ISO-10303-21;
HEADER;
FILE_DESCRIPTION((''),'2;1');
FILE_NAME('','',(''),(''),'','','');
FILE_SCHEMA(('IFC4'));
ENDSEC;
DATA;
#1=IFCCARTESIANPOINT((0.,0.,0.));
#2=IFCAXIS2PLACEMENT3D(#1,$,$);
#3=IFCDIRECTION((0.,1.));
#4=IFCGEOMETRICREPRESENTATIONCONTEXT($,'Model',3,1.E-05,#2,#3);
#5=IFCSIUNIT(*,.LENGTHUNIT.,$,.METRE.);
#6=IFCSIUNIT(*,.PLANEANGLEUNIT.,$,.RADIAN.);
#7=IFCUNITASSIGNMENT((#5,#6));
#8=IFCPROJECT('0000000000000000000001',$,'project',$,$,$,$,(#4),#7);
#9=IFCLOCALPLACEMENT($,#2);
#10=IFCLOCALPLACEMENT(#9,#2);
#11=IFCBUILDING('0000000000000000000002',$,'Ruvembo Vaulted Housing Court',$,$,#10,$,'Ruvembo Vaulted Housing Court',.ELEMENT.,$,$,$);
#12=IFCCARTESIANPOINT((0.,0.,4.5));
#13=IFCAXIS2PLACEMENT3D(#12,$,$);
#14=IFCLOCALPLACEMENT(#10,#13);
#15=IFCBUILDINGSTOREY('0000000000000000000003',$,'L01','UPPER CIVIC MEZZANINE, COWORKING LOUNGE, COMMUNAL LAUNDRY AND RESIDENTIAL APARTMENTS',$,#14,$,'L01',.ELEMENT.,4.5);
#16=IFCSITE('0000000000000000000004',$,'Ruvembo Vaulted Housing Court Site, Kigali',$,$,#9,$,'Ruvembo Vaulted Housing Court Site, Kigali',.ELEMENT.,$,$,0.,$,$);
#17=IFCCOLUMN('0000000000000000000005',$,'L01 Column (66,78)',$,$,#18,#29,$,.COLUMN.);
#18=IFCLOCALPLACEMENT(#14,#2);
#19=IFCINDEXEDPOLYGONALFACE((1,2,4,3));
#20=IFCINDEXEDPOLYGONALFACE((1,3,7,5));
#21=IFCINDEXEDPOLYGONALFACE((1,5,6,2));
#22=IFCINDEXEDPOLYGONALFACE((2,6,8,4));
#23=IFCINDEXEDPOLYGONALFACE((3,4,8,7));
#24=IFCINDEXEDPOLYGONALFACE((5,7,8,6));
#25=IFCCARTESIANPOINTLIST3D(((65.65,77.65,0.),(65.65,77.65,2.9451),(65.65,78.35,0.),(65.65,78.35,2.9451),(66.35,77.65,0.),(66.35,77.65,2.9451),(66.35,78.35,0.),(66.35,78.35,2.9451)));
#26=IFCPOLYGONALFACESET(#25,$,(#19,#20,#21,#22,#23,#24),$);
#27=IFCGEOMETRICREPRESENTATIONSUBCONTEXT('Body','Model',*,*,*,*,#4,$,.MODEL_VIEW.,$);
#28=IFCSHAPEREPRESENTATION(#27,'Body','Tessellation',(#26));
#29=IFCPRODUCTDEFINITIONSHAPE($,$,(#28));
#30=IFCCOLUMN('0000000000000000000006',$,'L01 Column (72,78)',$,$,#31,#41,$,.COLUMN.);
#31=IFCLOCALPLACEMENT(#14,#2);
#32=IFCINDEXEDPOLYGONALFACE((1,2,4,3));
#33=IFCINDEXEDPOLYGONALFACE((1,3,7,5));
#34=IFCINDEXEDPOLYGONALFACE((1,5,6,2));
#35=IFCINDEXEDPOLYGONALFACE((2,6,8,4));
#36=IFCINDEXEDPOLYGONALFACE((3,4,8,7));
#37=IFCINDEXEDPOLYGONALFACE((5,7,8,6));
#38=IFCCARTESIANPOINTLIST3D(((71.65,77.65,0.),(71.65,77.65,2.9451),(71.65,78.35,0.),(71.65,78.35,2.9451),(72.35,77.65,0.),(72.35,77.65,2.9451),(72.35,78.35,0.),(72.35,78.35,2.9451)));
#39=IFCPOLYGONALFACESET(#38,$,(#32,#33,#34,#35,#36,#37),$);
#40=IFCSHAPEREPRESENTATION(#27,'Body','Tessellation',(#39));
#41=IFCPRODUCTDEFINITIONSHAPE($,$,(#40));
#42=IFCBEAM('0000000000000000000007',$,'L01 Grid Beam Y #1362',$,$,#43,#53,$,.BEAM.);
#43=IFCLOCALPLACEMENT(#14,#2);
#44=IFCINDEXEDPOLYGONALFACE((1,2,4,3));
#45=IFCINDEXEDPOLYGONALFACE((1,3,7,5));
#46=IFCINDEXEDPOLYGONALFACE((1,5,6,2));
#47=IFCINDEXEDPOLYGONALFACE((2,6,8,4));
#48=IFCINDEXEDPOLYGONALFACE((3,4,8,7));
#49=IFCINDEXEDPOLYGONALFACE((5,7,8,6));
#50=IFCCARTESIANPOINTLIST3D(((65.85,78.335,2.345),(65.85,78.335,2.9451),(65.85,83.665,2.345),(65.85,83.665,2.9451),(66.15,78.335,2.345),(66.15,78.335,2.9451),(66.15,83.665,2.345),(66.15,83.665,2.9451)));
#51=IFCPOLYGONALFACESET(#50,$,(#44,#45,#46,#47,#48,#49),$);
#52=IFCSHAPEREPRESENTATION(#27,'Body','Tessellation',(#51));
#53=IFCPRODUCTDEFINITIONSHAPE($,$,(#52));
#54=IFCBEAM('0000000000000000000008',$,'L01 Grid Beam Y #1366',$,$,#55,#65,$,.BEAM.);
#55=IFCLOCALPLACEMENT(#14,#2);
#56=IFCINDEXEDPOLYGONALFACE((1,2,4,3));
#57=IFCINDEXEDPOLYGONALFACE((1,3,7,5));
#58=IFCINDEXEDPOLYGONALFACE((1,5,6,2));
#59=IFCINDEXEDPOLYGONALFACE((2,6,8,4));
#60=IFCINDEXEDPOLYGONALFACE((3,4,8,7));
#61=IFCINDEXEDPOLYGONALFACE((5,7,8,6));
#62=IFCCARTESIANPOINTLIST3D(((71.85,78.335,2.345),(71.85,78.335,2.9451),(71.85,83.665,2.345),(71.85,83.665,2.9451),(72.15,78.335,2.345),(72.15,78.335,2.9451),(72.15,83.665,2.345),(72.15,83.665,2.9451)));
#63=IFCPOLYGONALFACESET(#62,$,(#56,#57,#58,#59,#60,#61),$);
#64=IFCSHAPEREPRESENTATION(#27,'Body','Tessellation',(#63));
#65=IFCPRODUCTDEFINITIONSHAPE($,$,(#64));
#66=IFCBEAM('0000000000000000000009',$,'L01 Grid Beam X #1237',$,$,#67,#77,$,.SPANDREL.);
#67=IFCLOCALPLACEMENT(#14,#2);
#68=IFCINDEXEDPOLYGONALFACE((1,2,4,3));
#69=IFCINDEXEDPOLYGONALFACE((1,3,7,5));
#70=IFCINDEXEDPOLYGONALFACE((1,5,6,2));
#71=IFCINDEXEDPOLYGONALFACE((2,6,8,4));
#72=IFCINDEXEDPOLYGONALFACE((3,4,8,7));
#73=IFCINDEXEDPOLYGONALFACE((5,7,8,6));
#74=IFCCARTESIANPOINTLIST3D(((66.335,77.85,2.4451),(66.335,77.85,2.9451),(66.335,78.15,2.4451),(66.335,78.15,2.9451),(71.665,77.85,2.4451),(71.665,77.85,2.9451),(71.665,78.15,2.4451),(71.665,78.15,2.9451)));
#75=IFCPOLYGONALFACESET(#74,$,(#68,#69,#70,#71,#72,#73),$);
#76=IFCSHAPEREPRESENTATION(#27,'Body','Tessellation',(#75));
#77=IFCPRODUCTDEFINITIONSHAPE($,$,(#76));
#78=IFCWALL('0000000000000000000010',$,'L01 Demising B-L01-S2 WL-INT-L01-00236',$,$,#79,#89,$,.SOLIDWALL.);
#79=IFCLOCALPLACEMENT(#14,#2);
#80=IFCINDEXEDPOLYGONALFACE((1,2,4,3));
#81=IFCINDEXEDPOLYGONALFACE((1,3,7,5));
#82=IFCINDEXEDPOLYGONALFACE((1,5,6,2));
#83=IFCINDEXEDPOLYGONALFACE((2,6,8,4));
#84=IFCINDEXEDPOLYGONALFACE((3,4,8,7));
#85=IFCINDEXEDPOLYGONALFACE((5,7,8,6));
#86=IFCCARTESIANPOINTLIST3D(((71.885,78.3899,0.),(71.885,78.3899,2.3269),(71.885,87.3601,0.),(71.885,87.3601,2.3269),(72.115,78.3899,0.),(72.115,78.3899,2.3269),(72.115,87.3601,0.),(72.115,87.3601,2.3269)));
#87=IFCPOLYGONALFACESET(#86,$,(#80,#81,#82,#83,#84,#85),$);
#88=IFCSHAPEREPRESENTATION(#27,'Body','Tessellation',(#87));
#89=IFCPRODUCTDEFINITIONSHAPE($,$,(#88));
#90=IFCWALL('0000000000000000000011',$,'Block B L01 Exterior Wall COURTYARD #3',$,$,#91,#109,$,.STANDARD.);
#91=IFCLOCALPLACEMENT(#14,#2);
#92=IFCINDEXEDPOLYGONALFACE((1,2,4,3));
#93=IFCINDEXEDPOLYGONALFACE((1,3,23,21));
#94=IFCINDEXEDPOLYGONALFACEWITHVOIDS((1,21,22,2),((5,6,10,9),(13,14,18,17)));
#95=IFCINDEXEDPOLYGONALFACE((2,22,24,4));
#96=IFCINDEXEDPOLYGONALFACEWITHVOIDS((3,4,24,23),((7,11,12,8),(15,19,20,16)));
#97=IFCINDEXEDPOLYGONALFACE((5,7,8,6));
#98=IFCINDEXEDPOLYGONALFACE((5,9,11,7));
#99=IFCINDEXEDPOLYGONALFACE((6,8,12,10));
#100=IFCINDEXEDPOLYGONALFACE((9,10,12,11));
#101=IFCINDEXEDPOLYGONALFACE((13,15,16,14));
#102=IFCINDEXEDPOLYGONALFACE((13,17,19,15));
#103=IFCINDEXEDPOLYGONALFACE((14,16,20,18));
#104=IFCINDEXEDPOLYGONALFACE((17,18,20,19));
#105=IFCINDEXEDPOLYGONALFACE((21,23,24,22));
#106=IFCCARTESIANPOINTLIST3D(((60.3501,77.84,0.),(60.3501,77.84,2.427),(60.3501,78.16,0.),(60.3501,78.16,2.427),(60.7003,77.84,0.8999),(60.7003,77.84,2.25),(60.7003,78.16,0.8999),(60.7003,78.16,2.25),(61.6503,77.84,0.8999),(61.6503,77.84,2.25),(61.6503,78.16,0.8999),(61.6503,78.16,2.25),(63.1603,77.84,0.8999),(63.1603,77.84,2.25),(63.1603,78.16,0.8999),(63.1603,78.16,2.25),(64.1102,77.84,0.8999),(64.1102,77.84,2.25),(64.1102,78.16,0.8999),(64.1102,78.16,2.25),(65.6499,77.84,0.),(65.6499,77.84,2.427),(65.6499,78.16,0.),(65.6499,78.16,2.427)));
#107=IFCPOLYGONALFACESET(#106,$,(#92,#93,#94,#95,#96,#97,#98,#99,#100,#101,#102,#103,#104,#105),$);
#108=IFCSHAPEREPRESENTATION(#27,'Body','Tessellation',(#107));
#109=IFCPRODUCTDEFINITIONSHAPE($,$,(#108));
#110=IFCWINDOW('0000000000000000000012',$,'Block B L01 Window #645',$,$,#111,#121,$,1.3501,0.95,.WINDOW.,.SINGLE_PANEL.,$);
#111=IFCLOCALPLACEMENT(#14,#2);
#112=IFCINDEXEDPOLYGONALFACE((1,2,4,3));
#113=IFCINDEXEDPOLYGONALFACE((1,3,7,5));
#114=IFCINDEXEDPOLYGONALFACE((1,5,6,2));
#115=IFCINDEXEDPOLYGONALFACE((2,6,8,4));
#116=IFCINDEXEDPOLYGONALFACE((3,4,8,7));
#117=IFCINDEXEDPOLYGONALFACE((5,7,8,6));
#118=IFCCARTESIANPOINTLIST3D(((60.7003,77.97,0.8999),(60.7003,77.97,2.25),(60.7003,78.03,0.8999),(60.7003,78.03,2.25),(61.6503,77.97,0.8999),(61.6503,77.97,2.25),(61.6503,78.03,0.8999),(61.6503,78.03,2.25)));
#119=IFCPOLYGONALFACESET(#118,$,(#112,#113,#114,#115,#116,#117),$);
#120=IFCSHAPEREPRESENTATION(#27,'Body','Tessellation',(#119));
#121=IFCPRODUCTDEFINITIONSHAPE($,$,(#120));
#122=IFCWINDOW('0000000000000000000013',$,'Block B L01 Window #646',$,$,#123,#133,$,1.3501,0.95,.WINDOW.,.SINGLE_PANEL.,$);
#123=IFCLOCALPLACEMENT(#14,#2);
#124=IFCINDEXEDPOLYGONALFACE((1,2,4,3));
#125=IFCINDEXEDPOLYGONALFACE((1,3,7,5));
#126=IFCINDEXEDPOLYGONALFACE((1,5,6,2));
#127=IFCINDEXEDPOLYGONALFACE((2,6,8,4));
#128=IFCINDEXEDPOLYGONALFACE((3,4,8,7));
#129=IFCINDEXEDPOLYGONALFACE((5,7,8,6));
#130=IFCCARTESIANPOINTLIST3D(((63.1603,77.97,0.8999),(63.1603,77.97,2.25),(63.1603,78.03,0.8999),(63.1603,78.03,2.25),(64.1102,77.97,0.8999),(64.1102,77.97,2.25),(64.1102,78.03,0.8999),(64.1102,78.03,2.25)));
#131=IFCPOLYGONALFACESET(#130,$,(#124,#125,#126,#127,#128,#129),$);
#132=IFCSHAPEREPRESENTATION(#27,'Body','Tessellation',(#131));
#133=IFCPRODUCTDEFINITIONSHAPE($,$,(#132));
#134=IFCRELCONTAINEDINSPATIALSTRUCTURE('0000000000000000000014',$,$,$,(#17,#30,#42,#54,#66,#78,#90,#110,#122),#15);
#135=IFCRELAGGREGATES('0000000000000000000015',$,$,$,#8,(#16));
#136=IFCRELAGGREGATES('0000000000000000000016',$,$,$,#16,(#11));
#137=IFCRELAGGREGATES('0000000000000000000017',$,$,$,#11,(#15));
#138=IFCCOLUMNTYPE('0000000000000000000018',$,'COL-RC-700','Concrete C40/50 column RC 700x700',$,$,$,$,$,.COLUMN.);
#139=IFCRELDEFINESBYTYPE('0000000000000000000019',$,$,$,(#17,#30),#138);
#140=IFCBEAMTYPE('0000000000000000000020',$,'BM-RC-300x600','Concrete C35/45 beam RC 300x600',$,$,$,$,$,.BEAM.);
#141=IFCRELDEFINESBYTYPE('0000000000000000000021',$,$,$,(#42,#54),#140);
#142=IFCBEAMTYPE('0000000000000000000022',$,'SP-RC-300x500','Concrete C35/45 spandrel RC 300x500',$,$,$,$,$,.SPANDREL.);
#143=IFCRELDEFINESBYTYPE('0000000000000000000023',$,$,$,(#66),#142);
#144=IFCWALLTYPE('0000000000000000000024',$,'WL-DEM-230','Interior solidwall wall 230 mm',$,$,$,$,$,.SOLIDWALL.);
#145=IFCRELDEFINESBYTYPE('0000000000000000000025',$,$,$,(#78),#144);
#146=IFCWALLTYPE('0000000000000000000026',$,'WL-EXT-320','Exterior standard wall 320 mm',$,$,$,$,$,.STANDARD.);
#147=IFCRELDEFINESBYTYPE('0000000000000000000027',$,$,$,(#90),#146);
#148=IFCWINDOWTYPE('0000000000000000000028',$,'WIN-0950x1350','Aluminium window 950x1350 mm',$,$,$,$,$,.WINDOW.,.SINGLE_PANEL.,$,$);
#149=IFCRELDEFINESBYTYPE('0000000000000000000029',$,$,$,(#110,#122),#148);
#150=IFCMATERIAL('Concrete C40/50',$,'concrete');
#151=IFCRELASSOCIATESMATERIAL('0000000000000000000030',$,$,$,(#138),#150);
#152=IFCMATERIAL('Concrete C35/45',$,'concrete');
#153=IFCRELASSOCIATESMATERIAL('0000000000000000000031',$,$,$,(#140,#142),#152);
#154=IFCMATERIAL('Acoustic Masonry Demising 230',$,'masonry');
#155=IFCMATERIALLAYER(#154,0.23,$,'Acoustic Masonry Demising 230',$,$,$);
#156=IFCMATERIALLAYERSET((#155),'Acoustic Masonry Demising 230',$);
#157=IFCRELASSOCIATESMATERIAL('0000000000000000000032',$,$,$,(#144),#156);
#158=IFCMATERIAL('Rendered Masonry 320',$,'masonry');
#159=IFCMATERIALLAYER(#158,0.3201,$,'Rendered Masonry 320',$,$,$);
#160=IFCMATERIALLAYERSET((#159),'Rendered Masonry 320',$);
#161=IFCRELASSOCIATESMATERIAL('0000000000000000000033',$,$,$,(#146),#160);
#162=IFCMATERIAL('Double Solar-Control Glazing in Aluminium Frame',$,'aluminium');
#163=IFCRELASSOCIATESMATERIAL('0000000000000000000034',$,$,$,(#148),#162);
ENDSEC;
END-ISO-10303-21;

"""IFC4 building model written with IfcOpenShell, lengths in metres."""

from ifc_helpers import new_model, si_unit, direction, frame, frame_2d, origin, origin_2d, place, context, subcontext, project, spatial, rectangle, extrude, material, layer, layer_set, material_profile, profile_set, type_object, element, fill, save


model = new_model("IFC4")

# Units and contexts
model_context = context("Model", 3, precision=1e-05, world=origin(), true_north=direction((0.0, 1.0)))
body_context = subcontext(model_context, "Body", "Model", "MODEL_VIEW")
ifc_project = project(units=[si_unit("LENGTHUNIT", "METRE"), si_unit("PLANEANGLEUNIT", "RADIAN")], contexts=[model_context])

# Site, building, storey
site_placement = place(None, origin())
site = spatial("IfcSite", under=ifc_project, at=site_placement, Name="Ruvembo Vaulted Housing Court Site, Kigali", LongName="Ruvembo Vaulted Housing Court Site, Kigali", CompositionType="ELEMENT", RefElevation=0.0)
building_placement = place(site_placement, origin())
building = spatial("IfcBuilding", under=site, at=building_placement, Name="Ruvembo Vaulted Housing Court", LongName="Ruvembo Vaulted Housing Court", CompositionType="ELEMENT")
storey_placement = place(building_placement, frame((0.0, 0.0, 4.5)))
storey = spatial("IfcBuildingStorey", under=building, at=storey_placement, Name="L01", Description="UPPER CIVIC MEZZANINE, COWORKING LOUNGE, COMMUNAL LAUNDRY AND RESIDENTIAL APARTMENTS", LongName="L01", CompositionType="ELEMENT", Elevation=4.5)

# Columns
ifc_material_1 = material(Name="Concrete C40/50", Category="concrete")
ifc_material_profile_1 = material_profile(ifc_material_1, rectangle(XDim=0.7, YDim=0.7, at=origin_2d()), Name="RC 700x700")
ifc_profile_set_1 = profile_set([ifc_material_profile_1], Name="Concrete C40/50")
column_type = type_object("IfcColumnType", Name="COL-RC-700", Description="Concrete C40/50 column RC 700x700", PredefinedType="COLUMN", material=ifc_profile_set_1)
for number, where, z_axis, x_axis, name in (
    (1, (66.0, 78.0, 0.0), (0.0, 0.0, 1.0), (1.0, 0.0, 0.0), "L01 Column (66,78)"),
    (2, (72.0, 78.0, 0.0), (0.0, 0.0, 1.0), (1.0, 0.0, 0.0), "L01 Column (72,78)"),
):
    element("IfcColumn", number, at=place(storey_placement, frame(where, z_axis=z_axis, x_axis=x_axis)), inside=storey, type_object=column_type, Name=name, PredefinedType="COLUMN", context=body_context, shape_type="SweptSolid", body=[
        extrude(rectangle(XDim=0.7, YDim=0.7, at=origin_2d()), origin(), (0.0, 0.0, 1.0), 2.9451),
    ])

# Beams
ifc_material_2 = material(Name="Concrete C35/45", Category="concrete")
ifc_material_profile_2 = material_profile(ifc_material_2, rectangle(XDim=0.3, YDim=0.6001, at=origin_2d()), Name="RC 300x600")
ifc_profile_set_2 = profile_set([ifc_material_profile_2], Name="Concrete C35/45")
beam_type_1 = type_object("IfcBeamType", Name="BM-RC-300x600", Description="Concrete C35/45 beam RC 300x600", PredefinedType="BEAM", material=ifc_profile_set_2)
for number, where, z_axis, x_axis, name in (
    (3, (66.0, 78.335, 2.645), (0.0, 1.0, 0.0), (-1.0, 0.0, 0.0), "L01 Grid Beam Y #1362"),
    (4, (72.0, 78.335, 2.645), (0.0, 1.0, 0.0), (-1.0, 0.0, 0.0), "L01 Grid Beam Y #1366"),
):
    element("IfcBeam", number, at=place(storey_placement, frame(where, z_axis=z_axis, x_axis=x_axis)), inside=storey, type_object=beam_type_1, Name=name, PredefinedType="BEAM", context=body_context, shape_type="SweptSolid", body=[
        extrude(rectangle(XDim=0.3, YDim=0.6001, at=origin_2d()), origin(), (0.0, 0.0, 1.0), 5.3301),
    ])
ifc_material_profile_3 = material_profile(ifc_material_2, rectangle(XDim=0.3, YDim=0.5, at=origin_2d()), Name="RC 300x500")
ifc_profile_set_3 = profile_set([ifc_material_profile_3], Name="Concrete C35/45")
beam_type_2 = type_object("IfcBeamType", Name="SP-RC-300x500", Description="Concrete C35/45 spandrel RC 300x500", PredefinedType="SPANDREL", material=ifc_profile_set_3)
beam_placement = place(storey_placement, frame((66.335, 78.0, 2.6951), z_axis=(1.0, 0.0, 0.0), x_axis=(0.0, 1.0, 0.0)))
element("IfcBeam", 5, at=beam_placement, inside=storey, type_object=beam_type_2, Name="L01 Grid Beam X #1237", PredefinedType="SPANDREL", context=body_context, shape_type="SweptSolid", body=[
    extrude(rectangle(XDim=0.3, YDim=0.5, at=origin_2d()), origin(), (0.0, 0.0, 1.0), 5.3301),
])

# Wall
ifc_material_3 = material(Name="Acoustic Masonry Demising 230", Category="masonry")
ifc_layer_1 = layer(ifc_material_3, 0.23, Name="Acoustic Masonry Demising 230")
ifc_layer_set_1 = layer_set([ifc_layer_1], Name="Acoustic Masonry Demising 230")
wall_type_1 = type_object("IfcWallType", Name="WL-DEM-230", Description="Interior solidwall wall 230 mm", PredefinedType="SOLIDWALL", material=ifc_layer_set_1)
wall_1_placement = place(storey_placement, frame((72.0, 78.3899, 0.0), z_axis=(0.0, 0.0, 1.0), x_axis=(0.0, 1.0, 0.0)))
element("IfcWall", 6, at=wall_1_placement, inside=storey, type_object=wall_type_1, Name="L01 Demising B-L01-S2 WL-INT-L01-00236", PredefinedType="SOLIDWALL", context=body_context, shape_type="SweptSolid", body=[
    extrude(rectangle(XDim=8.9702, YDim=0.23, at=frame_2d((4.4851, 0.0))), origin(), (0.0, 0.0, 1.0), 2.3269),
])

# Wall, openings, windows
ifc_material_4 = material(Name="Rendered Masonry 320", Category="masonry")
ifc_layer_2 = layer(ifc_material_4, 0.3201, Name="Rendered Masonry 320")
ifc_layer_set_2 = layer_set([ifc_layer_2], Name="Rendered Masonry 320")
wall_type_2 = type_object("IfcWallType", Name="WL-EXT-320", Description="Exterior standard wall 320 mm", PredefinedType="STANDARD", material=ifc_layer_set_2)
wall_2_placement = place(storey_placement, frame((60.3501, 78.0, 0.0), z_axis=(0.0, 0.0, 1.0), x_axis=(1.0, 0.0, 0.0)))
wall_2 = element("IfcWall", 7, at=wall_2_placement, inside=storey, type_object=wall_type_2, Name="Block B L01 Exterior Wall COURTYARD #3", PredefinedType="STANDARD", context=body_context, shape_type="SweptSolid", body=[
    extrude(rectangle(XDim=5.2998, YDim=0.3201, at=frame_2d((2.6499, 0.0))), origin(), (0.0, 0.0, 1.0), 2.427),
])
opening_1_placement = place(wall_2_placement, frame((0.3501, 0.0, 0.8999)))
opening_1 = element("IfcOpeningElement", 8, at=opening_1_placement, cuts=wall_2, PredefinedType="OPENING", context=body_context, shape_type="SweptSolid", body=[
    extrude(rectangle(XDim=0.95, YDim=1.3501, at=frame_2d((0.4751, 0.675))), frame((0.0, 0.1699, 0.0), z_axis=(0.0, -1.0, 0.0), x_axis=(1.0, 0.0, 0.0)), (0.0, 0.0, 1.0), 0.3401),
])
opening_2_placement = place(wall_2_placement, frame((2.8101, 0.0, 0.8999)))
opening_2 = element("IfcOpeningElement", 9, at=opening_2_placement, cuts=wall_2, PredefinedType="OPENING", context=body_context, shape_type="SweptSolid", body=[
    extrude(rectangle(XDim=0.95, YDim=1.3501, at=frame_2d((0.4751, 0.675))), frame((0.0, 0.1699, 0.0), z_axis=(0.0, -1.0, 0.0), x_axis=(1.0, 0.0, 0.0)), (0.0, 0.0, 1.0), 0.3401),
])
ifc_material_5 = material(Name="Double Solar-Control Glazing in Aluminium Frame", Category="aluminium")
window_type_1 = type_object("IfcWindowType", Name="WIN-0950x1350", Description="Aluminium window 950x1350 mm", PartitioningType="SINGLE_PANEL", PredefinedType="WINDOW", material=ifc_material_5)
window_1_placement = place(opening_1_placement, origin())
window_1 = element("IfcWindow", 10, at=window_1_placement, inside=storey, type_object=window_type_1, Name="Block B L01 Window #645", OverallHeight=1.3501, OverallWidth=0.95, PartitioningType="SINGLE_PANEL", PredefinedType="WINDOW", context=body_context, shape_type="SweptSolid", body=[
    extrude(rectangle(XDim=0.95, YDim=1.3501, at=frame_2d((0.4751, 0.675))), frame((0.0, 0.03, 0.0), z_axis=(0.0, -1.0, 0.0), x_axis=(1.0, 0.0, 0.0)), (0.0, 0.0, 1.0), 0.0601),
])
fill(opening_1, window_1)
window_2_placement = place(opening_2_placement, origin())
window_2 = element("IfcWindow", 11, at=window_2_placement, inside=storey, type_object=window_type_1, Name="Block B L01 Window #646", OverallHeight=1.3501, OverallWidth=0.95, PartitioningType="SINGLE_PANEL", PredefinedType="WINDOW", context=body_context, shape_type="SweptSolid", body=[
    extrude(rectangle(XDim=0.95, YDim=1.3501, at=frame_2d((0.4751, 0.675))), frame((0.0, 0.03, 0.0), z_axis=(0.0, -1.0, 0.0), x_axis=(1.0, 0.0, 0.0)), (0.0, 0.0, 1.0), 0.0601),
])
fill(opening_2, window_2)

save(model, "model.ifc")
